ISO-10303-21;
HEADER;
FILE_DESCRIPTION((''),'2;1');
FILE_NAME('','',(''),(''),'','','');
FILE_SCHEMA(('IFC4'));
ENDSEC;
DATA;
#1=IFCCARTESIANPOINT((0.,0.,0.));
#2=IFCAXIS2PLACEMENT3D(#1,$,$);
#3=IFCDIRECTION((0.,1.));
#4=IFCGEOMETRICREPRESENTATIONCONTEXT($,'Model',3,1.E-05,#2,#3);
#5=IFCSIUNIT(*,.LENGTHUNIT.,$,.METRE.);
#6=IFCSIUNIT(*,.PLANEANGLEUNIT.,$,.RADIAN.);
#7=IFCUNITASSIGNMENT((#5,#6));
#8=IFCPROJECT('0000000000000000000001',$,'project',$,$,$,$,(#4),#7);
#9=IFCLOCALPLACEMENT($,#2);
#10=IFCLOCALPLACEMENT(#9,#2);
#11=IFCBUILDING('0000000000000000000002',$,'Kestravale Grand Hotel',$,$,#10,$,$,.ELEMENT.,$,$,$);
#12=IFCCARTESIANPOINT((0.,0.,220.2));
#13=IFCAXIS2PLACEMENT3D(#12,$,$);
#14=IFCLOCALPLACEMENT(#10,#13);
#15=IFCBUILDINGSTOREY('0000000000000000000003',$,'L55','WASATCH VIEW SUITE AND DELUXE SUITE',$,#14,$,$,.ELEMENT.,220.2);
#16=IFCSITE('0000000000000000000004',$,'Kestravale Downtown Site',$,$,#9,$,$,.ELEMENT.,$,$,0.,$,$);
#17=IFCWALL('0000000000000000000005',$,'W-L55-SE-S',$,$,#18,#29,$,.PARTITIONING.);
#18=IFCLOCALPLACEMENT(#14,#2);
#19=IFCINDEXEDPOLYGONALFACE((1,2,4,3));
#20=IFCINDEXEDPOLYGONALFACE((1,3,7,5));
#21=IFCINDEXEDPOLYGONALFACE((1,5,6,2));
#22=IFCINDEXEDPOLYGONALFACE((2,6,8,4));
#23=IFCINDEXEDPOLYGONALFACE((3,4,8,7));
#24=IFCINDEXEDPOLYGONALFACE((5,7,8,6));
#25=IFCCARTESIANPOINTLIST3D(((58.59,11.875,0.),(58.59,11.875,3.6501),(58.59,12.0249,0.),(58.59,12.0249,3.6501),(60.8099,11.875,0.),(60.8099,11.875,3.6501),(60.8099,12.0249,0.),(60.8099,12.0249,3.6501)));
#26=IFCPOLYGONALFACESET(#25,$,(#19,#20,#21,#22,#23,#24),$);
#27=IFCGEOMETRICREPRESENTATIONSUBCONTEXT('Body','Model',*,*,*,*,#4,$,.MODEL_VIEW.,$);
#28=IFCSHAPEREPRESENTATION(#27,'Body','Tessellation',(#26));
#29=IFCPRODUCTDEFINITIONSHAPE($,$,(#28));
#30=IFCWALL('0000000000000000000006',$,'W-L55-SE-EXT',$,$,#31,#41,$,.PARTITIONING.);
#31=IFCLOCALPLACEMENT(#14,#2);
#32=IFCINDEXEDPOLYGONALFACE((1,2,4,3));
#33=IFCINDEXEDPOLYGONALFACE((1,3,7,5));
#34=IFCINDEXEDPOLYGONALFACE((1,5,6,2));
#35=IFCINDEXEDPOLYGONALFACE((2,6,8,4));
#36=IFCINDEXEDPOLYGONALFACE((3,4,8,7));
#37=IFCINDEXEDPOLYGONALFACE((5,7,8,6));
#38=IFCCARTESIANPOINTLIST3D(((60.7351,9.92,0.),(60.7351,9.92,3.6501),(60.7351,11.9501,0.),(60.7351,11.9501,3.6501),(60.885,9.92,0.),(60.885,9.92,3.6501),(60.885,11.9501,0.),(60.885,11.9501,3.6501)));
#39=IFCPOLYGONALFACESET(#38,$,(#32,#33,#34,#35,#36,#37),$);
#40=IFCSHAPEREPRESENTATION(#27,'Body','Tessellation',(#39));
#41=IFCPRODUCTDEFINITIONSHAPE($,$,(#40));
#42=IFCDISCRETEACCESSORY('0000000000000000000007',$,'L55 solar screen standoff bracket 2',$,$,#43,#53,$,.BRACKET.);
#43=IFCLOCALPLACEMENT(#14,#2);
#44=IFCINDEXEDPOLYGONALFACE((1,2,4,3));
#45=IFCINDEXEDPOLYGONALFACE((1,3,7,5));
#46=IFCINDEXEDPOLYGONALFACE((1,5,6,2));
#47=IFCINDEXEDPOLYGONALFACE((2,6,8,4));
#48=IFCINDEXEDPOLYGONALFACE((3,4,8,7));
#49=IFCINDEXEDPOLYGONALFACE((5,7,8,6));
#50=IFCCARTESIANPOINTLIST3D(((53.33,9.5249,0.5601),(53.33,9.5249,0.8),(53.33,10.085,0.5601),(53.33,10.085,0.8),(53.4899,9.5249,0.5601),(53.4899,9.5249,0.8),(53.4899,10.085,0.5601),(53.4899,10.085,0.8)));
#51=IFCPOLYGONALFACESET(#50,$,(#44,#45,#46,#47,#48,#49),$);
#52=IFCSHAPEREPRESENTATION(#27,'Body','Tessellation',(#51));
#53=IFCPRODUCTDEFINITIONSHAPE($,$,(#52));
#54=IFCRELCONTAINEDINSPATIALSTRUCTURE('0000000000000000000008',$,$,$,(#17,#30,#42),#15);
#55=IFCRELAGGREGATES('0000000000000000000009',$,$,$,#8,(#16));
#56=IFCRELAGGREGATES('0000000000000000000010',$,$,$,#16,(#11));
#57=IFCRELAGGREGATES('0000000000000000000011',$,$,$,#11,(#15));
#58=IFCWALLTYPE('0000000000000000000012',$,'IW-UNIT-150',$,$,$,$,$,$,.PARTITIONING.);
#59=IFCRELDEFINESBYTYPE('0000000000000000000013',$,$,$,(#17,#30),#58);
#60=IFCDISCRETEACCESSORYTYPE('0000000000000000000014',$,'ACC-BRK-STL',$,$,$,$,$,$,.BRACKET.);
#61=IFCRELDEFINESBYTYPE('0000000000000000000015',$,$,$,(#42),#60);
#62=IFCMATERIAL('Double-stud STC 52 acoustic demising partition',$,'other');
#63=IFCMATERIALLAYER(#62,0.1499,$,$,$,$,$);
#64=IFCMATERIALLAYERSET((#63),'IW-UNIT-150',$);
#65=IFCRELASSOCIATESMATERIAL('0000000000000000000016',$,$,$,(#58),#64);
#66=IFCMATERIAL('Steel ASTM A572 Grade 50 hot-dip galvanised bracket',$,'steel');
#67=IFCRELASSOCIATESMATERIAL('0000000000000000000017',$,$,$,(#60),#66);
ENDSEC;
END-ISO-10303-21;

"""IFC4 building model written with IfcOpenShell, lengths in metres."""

from ifc_helpers import new_model, si_unit, direction, frame, frame_2d, origin, origin_2d, place, context, subcontext, project, spatial, rectangle, extrude, material, layer, layer_set, type_object, element, save


model = new_model("IFC4")

# Units and contexts
model_context = context("Model", 3, precision=1e-05, world=origin(), true_north=direction((0.0, 1.0)))
body_context = subcontext(model_context, "Body", "Model", "MODEL_VIEW")
ifc_project = project(units=[si_unit("LENGTHUNIT", "METRE"), si_unit("PLANEANGLEUNIT", "RADIAN")], contexts=[model_context])

# Site, building, storey
site_placement = place(None, origin())
site = spatial("IfcSite", under=ifc_project, at=site_placement, Name="Kestravale Downtown Site", CompositionType="ELEMENT", RefElevation=0.0)
building_placement = place(site_placement, origin())
building = spatial("IfcBuilding", under=site, at=building_placement, Name="Kestravale Grand Hotel", CompositionType="ELEMENT")
storey_placement = place(building_placement, frame((0.0, 0.0, 220.2)))
storey = spatial("IfcBuildingStorey", under=building, at=storey_placement, Name="L55", Description="WASATCH VIEW SUITE AND DELUXE SUITE", CompositionType="ELEMENT", Elevation=220.2)

# Walls
ifc_material_1 = material(Name="Double-stud STC 52 acoustic demising partition", Category="other")
ifc_layer_1 = layer(ifc_material_1, 0.1499)
ifc_layer_set_1 = layer_set([ifc_layer_1], Name="IW-UNIT-150")
wall_type_1 = type_object("IfcWallType", Name="IW-UNIT-150", PredefinedType="PARTITIONING", material=ifc_layer_set_1)
wall_1_placement = place(storey_placement, frame((58.5901, 11.95, 0.0), z_axis=(0.0, 0.0, 1.0), x_axis=(1.0, 0.0, 0.0)))
element("IfcWall", 1, at=wall_1_placement, inside=storey, type_object=wall_type_1, Name="W-L55-SE-S", PredefinedType="PARTITIONING", context=body_context, shape_type="SweptSolid", body=[
    extrude(rectangle(XDim=2.22, YDim=0.1499, at=frame_2d((1.1099, 0.0))), origin(), (0.0, 0.0, 1.0), 3.6501),
])
wall_2_placement = place(storey_placement, frame((60.8101, 9.9199, 0.0), z_axis=(0.0, 0.0, 1.0), x_axis=(0.0, 1.0, 0.0)))
element("IfcWall", 2, at=wall_2_placement, inside=storey, type_object=wall_type_1, Name="W-L55-SE-EXT", PredefinedType="PARTITIONING", context=body_context, shape_type="SweptSolid", body=[
    extrude(rectangle(XDim=2.03, YDim=0.1499, at=frame_2d((1.0151, 0.0))), origin(), (0.0, 0.0, 1.0), 3.6501),
])

# Discrete accessory
ifc_material_2 = material(Name="Steel ASTM A572 Grade 50 hot-dip galvanised bracket", Category="steel")
discrete_accessory_type = type_object("IfcDiscreteAccessoryType", Name="ACC-BRK-STL", PredefinedType="BRACKET", material=ifc_material_2)
discrete_accessory_placement = place(storey_placement, frame((53.4099, 9.8049, 0.5601), z_axis=(0.0, 0.0, 1.0), x_axis=(1.0, 0.0, 0.0)))
element("IfcDiscreteAccessory", 3, at=discrete_accessory_placement, inside=storey, type_object=discrete_accessory_type, Name="L55 solar screen standoff bracket 2", PredefinedType="BRACKET", context=body_context, shape_type="SweptSolid", body=[
    extrude(rectangle(XDim=0.1599, YDim=0.5601, at=origin_2d()), origin(), (0.0, 0.0, 1.0), 0.24),
])

save(model, "model.ifc")
